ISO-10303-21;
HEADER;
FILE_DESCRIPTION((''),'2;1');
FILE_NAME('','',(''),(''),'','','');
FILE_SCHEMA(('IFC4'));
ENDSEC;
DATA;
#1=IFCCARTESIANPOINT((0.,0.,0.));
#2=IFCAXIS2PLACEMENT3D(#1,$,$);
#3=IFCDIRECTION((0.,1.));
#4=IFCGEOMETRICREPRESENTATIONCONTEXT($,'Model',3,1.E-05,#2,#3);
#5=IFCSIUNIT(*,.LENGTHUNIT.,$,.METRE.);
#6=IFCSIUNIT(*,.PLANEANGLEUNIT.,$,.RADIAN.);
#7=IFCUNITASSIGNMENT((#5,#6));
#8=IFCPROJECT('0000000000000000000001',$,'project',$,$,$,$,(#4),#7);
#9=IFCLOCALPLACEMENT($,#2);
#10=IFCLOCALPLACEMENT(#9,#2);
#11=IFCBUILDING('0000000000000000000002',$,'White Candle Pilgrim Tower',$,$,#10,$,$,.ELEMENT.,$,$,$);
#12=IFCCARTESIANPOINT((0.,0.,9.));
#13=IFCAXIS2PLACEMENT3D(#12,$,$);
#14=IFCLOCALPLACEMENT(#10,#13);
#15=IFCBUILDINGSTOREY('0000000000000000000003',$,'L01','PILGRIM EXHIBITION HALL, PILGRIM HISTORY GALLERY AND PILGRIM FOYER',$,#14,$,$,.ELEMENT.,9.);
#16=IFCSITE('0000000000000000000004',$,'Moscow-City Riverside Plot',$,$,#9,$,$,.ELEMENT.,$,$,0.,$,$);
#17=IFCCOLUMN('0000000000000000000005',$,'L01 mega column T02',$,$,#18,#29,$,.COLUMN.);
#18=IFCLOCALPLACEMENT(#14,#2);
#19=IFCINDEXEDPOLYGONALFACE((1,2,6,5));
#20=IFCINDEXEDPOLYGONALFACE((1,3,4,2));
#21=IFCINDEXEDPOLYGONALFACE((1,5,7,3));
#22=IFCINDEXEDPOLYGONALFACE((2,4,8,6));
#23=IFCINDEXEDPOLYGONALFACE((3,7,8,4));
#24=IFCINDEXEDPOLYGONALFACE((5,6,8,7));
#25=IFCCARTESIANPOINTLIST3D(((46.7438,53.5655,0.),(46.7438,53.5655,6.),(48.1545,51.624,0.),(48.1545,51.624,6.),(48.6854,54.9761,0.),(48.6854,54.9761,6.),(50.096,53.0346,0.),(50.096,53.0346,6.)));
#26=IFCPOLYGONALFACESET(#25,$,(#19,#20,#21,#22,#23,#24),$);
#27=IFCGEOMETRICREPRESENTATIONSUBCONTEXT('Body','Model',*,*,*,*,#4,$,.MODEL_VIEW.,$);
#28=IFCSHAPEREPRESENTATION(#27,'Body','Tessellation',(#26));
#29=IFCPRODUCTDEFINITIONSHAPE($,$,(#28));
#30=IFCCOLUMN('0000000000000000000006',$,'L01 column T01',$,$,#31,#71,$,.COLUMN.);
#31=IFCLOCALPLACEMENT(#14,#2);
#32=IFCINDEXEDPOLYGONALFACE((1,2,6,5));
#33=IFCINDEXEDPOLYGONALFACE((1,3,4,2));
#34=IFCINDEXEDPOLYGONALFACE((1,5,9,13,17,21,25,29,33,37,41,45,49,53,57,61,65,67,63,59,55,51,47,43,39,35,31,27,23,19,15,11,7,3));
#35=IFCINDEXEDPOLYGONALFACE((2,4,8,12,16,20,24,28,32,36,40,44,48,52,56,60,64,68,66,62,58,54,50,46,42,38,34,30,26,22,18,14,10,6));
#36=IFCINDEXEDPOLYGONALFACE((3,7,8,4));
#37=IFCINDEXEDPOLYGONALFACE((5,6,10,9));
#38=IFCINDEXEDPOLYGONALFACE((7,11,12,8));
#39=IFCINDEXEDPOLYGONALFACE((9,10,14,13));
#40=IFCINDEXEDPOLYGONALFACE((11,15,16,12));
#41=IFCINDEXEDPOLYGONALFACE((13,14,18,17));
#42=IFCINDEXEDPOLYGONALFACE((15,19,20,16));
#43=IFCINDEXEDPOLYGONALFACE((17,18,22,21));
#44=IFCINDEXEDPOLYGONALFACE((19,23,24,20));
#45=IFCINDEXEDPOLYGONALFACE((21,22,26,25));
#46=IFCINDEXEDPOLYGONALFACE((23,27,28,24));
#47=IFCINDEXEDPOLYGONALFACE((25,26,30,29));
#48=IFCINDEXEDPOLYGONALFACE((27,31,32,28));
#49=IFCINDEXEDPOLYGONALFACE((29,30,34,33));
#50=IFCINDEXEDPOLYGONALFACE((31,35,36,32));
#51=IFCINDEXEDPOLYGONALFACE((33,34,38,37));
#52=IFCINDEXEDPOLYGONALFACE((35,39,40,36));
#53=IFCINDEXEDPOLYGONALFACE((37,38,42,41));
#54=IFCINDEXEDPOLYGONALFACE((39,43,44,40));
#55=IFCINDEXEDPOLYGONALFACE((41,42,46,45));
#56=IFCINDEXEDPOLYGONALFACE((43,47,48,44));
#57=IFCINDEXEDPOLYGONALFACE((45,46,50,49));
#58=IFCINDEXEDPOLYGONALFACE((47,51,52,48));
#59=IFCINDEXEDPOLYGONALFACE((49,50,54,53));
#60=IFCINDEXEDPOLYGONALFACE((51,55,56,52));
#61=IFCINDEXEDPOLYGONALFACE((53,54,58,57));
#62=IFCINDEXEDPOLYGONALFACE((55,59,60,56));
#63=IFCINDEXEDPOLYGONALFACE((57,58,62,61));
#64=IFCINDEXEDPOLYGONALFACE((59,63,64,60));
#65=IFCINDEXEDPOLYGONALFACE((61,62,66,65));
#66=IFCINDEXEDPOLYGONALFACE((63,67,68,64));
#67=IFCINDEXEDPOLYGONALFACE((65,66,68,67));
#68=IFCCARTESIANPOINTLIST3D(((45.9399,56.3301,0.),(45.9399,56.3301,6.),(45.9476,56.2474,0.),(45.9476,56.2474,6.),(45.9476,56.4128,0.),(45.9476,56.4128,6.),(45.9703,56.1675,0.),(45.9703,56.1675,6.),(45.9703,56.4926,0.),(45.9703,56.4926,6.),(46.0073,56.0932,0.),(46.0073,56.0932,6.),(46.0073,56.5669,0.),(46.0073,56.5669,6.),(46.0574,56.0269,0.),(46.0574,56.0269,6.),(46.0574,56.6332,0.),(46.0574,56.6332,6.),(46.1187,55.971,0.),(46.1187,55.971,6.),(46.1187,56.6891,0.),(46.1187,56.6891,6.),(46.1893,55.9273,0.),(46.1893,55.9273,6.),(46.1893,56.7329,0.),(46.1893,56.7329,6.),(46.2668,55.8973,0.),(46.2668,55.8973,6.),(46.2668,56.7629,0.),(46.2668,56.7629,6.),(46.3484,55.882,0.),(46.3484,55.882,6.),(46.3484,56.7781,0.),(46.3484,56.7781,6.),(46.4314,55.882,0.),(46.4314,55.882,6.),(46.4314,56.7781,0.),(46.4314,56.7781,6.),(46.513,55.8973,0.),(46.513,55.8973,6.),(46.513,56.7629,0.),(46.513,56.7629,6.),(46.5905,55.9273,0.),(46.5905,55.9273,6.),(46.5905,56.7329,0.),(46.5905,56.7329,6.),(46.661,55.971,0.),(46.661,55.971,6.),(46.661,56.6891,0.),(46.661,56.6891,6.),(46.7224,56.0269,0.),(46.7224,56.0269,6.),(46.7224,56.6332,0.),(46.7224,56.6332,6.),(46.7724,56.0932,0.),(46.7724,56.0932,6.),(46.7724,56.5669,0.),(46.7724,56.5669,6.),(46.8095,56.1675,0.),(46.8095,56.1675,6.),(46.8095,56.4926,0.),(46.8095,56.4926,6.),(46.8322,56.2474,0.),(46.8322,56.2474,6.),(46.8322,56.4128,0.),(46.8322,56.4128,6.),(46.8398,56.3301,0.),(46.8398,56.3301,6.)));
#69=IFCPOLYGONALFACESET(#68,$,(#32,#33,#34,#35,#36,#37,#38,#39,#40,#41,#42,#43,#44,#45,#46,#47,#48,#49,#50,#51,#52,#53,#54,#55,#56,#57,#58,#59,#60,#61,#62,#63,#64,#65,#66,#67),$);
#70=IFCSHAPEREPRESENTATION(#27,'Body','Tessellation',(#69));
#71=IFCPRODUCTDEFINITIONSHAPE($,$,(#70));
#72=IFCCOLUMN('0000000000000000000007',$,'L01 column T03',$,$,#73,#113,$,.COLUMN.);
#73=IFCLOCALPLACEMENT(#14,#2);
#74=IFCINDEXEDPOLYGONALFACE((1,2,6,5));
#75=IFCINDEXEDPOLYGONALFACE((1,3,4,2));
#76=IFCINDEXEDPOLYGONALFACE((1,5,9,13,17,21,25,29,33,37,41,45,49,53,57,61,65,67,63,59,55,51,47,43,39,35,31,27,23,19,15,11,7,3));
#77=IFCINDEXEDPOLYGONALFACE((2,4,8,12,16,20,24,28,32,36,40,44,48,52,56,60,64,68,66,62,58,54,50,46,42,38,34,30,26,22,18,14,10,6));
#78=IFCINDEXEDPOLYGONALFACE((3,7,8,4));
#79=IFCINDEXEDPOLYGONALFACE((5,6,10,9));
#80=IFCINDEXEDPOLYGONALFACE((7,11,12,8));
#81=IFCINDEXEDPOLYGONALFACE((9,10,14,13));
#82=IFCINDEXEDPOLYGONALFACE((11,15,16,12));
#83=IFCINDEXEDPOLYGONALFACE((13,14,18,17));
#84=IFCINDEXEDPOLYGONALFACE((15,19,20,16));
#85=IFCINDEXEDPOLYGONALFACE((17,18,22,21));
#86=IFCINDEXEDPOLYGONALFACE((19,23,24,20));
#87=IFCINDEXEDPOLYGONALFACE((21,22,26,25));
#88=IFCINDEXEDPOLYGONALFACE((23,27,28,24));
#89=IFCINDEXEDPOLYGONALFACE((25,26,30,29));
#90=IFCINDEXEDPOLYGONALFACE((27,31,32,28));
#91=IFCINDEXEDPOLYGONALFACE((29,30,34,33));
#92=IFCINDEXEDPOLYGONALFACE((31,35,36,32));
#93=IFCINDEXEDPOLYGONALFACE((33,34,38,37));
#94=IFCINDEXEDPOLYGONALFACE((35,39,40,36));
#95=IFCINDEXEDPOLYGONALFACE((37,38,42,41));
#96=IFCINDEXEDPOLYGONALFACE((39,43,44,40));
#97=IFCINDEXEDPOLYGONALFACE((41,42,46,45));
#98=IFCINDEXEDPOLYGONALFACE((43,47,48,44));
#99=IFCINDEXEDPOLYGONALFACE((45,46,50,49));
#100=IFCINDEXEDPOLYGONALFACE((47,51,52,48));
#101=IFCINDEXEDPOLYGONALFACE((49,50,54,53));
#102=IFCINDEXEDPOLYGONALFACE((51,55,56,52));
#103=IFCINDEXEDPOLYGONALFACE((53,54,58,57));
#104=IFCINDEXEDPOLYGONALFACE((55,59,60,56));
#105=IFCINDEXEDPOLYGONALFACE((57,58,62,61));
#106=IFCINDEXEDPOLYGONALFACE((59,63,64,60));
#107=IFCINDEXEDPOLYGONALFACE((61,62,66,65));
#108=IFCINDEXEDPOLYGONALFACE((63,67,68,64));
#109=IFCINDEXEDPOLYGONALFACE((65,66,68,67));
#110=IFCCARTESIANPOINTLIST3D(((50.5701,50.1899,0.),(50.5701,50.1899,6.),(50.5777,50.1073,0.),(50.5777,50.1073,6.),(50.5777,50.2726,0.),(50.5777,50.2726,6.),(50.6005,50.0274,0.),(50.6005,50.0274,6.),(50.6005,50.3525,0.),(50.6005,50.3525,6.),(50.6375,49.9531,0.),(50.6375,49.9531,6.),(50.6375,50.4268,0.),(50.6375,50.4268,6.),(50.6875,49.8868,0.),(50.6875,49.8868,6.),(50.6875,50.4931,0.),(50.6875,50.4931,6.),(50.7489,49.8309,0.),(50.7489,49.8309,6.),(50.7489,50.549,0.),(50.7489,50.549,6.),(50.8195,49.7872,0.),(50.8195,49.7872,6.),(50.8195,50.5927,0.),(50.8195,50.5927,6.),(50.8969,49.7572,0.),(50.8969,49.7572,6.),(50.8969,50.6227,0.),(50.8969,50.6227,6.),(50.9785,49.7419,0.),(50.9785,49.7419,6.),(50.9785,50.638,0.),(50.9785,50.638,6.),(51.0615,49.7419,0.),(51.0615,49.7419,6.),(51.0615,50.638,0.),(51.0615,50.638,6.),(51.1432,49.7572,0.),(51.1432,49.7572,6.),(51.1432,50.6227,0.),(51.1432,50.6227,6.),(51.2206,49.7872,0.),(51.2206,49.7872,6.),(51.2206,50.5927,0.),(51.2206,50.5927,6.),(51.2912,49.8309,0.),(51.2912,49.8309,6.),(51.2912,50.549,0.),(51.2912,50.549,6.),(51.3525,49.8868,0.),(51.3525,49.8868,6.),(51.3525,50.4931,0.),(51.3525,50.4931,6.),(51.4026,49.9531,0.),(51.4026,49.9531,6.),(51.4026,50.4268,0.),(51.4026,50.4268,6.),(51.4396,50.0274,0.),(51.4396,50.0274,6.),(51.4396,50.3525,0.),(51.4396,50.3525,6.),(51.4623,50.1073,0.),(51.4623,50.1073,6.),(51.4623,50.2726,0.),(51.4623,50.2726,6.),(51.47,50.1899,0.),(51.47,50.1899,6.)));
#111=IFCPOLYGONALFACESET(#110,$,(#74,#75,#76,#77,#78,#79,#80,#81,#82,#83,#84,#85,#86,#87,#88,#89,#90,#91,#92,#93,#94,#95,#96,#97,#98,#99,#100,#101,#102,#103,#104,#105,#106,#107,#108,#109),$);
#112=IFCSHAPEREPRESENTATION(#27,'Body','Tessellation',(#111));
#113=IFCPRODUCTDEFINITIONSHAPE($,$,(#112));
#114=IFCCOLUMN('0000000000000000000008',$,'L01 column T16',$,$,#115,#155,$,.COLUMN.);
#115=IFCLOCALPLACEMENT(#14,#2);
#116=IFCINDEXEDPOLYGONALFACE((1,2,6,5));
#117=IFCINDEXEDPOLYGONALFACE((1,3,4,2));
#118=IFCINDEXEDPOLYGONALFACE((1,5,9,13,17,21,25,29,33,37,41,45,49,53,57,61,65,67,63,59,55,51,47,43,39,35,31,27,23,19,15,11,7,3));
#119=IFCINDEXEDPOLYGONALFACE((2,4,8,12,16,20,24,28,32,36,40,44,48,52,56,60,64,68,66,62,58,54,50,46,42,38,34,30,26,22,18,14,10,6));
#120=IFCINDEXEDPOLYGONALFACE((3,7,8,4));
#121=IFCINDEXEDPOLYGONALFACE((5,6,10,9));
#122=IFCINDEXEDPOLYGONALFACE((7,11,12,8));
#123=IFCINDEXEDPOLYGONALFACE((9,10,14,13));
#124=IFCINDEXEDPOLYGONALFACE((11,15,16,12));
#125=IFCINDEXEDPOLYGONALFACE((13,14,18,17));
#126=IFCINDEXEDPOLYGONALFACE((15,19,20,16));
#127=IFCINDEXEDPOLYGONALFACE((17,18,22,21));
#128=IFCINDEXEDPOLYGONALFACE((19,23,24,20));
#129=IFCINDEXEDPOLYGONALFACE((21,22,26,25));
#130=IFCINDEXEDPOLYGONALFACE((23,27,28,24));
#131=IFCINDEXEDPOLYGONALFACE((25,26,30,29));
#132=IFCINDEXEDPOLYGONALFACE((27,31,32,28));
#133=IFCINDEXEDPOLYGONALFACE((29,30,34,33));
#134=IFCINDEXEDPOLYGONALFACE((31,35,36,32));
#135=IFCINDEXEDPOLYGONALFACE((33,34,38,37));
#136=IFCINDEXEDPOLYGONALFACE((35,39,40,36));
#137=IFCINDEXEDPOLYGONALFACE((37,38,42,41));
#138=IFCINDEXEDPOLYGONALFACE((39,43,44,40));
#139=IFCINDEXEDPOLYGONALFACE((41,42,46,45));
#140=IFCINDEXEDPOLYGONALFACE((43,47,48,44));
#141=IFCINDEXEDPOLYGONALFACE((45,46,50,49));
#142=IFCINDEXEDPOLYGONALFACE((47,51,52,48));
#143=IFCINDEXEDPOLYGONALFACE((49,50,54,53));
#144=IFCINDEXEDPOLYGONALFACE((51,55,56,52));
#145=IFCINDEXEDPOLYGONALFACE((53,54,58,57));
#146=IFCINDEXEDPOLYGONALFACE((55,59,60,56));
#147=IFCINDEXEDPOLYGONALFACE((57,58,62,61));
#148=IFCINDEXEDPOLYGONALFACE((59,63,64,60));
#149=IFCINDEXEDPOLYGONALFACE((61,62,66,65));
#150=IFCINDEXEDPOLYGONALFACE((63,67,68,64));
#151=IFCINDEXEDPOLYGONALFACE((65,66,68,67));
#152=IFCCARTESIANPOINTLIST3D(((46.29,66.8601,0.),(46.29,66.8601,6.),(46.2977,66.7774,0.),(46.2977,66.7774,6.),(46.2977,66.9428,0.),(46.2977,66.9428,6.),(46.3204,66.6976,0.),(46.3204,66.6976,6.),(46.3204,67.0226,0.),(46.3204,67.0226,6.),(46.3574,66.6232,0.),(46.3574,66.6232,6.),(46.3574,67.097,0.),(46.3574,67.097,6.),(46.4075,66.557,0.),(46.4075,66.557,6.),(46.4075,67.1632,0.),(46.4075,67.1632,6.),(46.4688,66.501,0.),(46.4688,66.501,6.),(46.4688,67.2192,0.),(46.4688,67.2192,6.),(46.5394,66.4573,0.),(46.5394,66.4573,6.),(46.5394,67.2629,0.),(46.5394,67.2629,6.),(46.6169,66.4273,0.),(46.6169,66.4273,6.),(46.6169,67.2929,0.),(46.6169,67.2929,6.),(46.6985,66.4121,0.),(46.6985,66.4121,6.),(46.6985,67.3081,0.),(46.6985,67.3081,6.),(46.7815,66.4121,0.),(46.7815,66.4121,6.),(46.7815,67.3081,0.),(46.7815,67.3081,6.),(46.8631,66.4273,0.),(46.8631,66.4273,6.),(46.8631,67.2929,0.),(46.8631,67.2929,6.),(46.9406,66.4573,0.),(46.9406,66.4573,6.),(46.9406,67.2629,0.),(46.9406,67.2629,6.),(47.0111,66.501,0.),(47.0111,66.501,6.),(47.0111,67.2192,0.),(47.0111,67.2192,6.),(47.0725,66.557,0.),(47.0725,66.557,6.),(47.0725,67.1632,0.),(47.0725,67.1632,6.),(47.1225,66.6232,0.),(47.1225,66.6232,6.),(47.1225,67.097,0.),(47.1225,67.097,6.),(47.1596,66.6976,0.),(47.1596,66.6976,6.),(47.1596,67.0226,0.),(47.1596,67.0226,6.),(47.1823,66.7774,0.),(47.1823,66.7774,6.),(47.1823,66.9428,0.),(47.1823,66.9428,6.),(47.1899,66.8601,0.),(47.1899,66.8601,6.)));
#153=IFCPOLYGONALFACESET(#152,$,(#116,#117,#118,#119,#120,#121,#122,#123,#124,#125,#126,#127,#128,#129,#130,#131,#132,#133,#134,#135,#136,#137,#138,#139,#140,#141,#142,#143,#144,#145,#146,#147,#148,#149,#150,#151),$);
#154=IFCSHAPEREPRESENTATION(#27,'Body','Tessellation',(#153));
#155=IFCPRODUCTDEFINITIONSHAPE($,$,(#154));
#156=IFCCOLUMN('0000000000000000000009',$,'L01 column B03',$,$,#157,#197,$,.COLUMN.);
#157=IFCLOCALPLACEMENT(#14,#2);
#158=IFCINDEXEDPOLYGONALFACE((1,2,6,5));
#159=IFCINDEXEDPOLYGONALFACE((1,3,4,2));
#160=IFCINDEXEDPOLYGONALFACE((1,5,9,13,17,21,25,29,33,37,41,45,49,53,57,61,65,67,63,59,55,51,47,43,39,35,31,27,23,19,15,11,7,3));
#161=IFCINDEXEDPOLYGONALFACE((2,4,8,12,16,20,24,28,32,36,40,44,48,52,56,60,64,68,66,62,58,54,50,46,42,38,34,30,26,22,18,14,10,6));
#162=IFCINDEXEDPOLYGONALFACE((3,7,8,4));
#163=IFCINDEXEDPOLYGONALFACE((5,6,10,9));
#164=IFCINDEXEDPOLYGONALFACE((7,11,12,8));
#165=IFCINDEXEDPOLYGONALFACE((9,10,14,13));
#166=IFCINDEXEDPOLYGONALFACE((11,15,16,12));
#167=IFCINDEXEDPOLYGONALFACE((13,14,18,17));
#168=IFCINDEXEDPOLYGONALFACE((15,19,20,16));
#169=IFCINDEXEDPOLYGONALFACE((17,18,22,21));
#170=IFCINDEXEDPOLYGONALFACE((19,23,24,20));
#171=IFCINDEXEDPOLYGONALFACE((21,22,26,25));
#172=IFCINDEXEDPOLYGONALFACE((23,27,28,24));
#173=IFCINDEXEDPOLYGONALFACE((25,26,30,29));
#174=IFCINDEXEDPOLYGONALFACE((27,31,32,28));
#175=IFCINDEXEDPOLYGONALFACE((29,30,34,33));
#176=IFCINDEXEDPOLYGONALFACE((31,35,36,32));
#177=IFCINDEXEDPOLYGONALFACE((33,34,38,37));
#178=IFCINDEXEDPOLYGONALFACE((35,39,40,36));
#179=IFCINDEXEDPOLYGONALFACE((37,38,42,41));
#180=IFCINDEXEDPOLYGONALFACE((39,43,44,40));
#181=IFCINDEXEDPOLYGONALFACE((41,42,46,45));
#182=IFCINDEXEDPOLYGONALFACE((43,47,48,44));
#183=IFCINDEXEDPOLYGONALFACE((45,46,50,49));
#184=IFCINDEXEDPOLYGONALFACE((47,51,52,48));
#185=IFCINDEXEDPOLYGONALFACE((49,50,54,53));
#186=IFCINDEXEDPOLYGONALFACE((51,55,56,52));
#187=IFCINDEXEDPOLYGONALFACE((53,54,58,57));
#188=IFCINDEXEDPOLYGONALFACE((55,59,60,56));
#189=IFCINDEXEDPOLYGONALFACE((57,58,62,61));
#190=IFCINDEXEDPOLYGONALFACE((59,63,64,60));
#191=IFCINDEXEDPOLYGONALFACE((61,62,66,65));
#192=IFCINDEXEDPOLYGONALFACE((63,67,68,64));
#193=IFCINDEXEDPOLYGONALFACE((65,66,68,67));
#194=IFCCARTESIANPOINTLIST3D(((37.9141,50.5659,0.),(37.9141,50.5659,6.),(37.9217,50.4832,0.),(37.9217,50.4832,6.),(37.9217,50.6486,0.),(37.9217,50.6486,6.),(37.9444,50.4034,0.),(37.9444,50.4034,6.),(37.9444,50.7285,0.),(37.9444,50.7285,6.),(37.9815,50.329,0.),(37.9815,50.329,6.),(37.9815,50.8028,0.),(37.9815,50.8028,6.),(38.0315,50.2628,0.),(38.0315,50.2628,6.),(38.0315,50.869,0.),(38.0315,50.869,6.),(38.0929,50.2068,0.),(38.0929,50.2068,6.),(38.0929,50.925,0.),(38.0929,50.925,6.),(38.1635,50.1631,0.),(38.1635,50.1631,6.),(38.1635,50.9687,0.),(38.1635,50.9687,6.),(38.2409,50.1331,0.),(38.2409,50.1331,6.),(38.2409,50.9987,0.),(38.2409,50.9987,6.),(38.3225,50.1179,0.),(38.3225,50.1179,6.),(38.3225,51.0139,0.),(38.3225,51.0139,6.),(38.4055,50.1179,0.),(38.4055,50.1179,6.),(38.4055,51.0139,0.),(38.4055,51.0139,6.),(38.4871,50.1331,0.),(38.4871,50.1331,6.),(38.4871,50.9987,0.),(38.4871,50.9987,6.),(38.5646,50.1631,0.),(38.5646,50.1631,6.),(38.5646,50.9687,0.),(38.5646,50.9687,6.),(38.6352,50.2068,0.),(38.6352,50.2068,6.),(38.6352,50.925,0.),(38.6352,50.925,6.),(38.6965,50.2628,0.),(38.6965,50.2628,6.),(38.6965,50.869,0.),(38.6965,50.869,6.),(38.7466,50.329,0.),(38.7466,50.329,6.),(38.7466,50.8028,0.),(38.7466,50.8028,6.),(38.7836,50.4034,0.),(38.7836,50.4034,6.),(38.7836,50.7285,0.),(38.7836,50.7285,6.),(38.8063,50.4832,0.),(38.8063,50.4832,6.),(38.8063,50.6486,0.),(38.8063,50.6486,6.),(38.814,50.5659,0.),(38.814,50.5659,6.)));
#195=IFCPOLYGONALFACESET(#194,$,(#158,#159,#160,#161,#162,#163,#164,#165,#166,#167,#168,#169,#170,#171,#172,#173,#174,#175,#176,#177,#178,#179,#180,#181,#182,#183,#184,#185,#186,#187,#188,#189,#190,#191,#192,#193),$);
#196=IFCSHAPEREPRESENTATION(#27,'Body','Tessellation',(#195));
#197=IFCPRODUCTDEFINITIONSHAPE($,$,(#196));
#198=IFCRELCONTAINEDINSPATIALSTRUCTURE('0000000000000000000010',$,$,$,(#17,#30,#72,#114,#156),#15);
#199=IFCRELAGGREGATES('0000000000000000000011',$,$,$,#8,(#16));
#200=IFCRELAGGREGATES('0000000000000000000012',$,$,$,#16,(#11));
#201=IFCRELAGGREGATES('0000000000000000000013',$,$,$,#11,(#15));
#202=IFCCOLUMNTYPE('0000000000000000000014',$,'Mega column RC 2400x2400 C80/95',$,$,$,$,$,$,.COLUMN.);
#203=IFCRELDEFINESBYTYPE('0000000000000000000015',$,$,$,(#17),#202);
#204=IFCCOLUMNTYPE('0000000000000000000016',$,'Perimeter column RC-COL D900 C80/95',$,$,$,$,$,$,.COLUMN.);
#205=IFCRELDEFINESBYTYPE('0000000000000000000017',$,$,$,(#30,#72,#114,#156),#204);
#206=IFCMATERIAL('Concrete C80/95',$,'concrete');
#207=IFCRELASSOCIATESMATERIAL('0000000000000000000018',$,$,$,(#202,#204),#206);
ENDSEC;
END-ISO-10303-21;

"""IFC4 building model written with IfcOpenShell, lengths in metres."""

from ifc_helpers import new_model, si_unit, direction, frame, origin, origin_2d, place, context, subcontext, project, spatial, rectangle, circle, extrude, material, material_profile, profile_set, type_object, element, save


model = new_model("IFC4")

# Units and contexts
model_context = context("Model", 3, precision=1e-05, world=origin(), true_north=direction((0.0, 1.0)))
body_context = subcontext(model_context, "Body", "Model", "MODEL_VIEW")
ifc_project = project(units=[si_unit("LENGTHUNIT", "METRE"), si_unit("PLANEANGLEUNIT", "RADIAN")], contexts=[model_context])

# Site, building, storey
site_placement = place(None, origin())
site = spatial("IfcSite", under=ifc_project, at=site_placement, Name="Moscow-City Riverside Plot", CompositionType="ELEMENT", RefElevation=0.0)
building_placement = place(site_placement, origin())
building = spatial("IfcBuilding", under=site, at=building_placement, Name="White Candle Pilgrim Tower", CompositionType="ELEMENT")
storey_placement = place(building_placement, frame((0.0, 0.0, 9.0)))
storey = spatial("IfcBuildingStorey", under=building, at=storey_placement, Name="L01", Description="PILGRIM EXHIBITION HALL, PILGRIM HISTORY GALLERY AND PILGRIM FOYER", CompositionType="ELEMENT", Elevation=9.0)

# Columns
ifc_material_1 = material(Name="Concrete C80/95", Category="concrete")
ifc_material_profile_1 = material_profile(ifc_material_1, rectangle(XDim=2.3999, YDim=2.3999, at=origin_2d()), Name="RC 2400x2400")
ifc_profile_set_1 = profile_set([ifc_material_profile_1], Name="Concrete C80/95")
column_type_1 = type_object("IfcColumnType", Name="Mega column RC 2400x2400 C80/95", PredefinedType="COLUMN", material=ifc_profile_set_1)
column_placement = place(storey_placement, frame((48.4199, 53.3, 0.0), z_axis=(0.0, 0.0, 1.0), x_axis=(-0.809017, -0.587785, 0.0)))
element("IfcColumn", 1, at=column_placement, inside=storey, type_object=column_type_1, Name="L01 mega column T02", PredefinedType="COLUMN", context=body_context, shape_type="SweptSolid", body=[
    extrude(rectangle(XDim=2.3999, YDim=2.3999, at=origin_2d()), origin(), (0.0, 0.0, 1.0), 6.0),
])
ifc_material_profile_2 = material_profile(ifc_material_1, circle(Radius=0.45, at=origin_2d()), Name="RC-COL D900")
ifc_profile_set_2 = profile_set([ifc_material_profile_2], Name="Concrete C80/95")
column_type_2 = type_object("IfcColumnType", Name="Perimeter column RC-COL D900 C80/95", PredefinedType="COLUMN", material=ifc_profile_set_2)
for number, where, z_axis, x_axis, name in (
    (2, (46.3899, 56.3301, 0.0), (0.0, 0.0, 1.0), (1.0, 0.0, 0.0), "L01 column T01"),
    (3, (51.02, 50.1899, 0.0), (0.0, 0.0, 1.0), (1.0, 0.0, 0.0), "L01 column T03"),
    (4, (46.74, 66.8601, 0.0), (0.0, 0.0, 1.0), (1.0, 0.0, 0.0), "L01 column T16"),
    (5, (38.364, 50.5659, 0.0), (0.0, 0.0, 1.0), (1.0, 0.0, 0.0), "L01 column B03"),
):
    element("IfcColumn", number, at=place(storey_placement, frame(where, z_axis=z_axis, x_axis=x_axis)), inside=storey, type_object=column_type_2, Name=name, PredefinedType="COLUMN", context=body_context, shape_type="SweptSolid", body=[
        extrude(circle(Radius=0.45, at=origin_2d()), origin(), (0.0, 0.0, 1.0), 6.0),
    ])

save(model, "model.ifc")
